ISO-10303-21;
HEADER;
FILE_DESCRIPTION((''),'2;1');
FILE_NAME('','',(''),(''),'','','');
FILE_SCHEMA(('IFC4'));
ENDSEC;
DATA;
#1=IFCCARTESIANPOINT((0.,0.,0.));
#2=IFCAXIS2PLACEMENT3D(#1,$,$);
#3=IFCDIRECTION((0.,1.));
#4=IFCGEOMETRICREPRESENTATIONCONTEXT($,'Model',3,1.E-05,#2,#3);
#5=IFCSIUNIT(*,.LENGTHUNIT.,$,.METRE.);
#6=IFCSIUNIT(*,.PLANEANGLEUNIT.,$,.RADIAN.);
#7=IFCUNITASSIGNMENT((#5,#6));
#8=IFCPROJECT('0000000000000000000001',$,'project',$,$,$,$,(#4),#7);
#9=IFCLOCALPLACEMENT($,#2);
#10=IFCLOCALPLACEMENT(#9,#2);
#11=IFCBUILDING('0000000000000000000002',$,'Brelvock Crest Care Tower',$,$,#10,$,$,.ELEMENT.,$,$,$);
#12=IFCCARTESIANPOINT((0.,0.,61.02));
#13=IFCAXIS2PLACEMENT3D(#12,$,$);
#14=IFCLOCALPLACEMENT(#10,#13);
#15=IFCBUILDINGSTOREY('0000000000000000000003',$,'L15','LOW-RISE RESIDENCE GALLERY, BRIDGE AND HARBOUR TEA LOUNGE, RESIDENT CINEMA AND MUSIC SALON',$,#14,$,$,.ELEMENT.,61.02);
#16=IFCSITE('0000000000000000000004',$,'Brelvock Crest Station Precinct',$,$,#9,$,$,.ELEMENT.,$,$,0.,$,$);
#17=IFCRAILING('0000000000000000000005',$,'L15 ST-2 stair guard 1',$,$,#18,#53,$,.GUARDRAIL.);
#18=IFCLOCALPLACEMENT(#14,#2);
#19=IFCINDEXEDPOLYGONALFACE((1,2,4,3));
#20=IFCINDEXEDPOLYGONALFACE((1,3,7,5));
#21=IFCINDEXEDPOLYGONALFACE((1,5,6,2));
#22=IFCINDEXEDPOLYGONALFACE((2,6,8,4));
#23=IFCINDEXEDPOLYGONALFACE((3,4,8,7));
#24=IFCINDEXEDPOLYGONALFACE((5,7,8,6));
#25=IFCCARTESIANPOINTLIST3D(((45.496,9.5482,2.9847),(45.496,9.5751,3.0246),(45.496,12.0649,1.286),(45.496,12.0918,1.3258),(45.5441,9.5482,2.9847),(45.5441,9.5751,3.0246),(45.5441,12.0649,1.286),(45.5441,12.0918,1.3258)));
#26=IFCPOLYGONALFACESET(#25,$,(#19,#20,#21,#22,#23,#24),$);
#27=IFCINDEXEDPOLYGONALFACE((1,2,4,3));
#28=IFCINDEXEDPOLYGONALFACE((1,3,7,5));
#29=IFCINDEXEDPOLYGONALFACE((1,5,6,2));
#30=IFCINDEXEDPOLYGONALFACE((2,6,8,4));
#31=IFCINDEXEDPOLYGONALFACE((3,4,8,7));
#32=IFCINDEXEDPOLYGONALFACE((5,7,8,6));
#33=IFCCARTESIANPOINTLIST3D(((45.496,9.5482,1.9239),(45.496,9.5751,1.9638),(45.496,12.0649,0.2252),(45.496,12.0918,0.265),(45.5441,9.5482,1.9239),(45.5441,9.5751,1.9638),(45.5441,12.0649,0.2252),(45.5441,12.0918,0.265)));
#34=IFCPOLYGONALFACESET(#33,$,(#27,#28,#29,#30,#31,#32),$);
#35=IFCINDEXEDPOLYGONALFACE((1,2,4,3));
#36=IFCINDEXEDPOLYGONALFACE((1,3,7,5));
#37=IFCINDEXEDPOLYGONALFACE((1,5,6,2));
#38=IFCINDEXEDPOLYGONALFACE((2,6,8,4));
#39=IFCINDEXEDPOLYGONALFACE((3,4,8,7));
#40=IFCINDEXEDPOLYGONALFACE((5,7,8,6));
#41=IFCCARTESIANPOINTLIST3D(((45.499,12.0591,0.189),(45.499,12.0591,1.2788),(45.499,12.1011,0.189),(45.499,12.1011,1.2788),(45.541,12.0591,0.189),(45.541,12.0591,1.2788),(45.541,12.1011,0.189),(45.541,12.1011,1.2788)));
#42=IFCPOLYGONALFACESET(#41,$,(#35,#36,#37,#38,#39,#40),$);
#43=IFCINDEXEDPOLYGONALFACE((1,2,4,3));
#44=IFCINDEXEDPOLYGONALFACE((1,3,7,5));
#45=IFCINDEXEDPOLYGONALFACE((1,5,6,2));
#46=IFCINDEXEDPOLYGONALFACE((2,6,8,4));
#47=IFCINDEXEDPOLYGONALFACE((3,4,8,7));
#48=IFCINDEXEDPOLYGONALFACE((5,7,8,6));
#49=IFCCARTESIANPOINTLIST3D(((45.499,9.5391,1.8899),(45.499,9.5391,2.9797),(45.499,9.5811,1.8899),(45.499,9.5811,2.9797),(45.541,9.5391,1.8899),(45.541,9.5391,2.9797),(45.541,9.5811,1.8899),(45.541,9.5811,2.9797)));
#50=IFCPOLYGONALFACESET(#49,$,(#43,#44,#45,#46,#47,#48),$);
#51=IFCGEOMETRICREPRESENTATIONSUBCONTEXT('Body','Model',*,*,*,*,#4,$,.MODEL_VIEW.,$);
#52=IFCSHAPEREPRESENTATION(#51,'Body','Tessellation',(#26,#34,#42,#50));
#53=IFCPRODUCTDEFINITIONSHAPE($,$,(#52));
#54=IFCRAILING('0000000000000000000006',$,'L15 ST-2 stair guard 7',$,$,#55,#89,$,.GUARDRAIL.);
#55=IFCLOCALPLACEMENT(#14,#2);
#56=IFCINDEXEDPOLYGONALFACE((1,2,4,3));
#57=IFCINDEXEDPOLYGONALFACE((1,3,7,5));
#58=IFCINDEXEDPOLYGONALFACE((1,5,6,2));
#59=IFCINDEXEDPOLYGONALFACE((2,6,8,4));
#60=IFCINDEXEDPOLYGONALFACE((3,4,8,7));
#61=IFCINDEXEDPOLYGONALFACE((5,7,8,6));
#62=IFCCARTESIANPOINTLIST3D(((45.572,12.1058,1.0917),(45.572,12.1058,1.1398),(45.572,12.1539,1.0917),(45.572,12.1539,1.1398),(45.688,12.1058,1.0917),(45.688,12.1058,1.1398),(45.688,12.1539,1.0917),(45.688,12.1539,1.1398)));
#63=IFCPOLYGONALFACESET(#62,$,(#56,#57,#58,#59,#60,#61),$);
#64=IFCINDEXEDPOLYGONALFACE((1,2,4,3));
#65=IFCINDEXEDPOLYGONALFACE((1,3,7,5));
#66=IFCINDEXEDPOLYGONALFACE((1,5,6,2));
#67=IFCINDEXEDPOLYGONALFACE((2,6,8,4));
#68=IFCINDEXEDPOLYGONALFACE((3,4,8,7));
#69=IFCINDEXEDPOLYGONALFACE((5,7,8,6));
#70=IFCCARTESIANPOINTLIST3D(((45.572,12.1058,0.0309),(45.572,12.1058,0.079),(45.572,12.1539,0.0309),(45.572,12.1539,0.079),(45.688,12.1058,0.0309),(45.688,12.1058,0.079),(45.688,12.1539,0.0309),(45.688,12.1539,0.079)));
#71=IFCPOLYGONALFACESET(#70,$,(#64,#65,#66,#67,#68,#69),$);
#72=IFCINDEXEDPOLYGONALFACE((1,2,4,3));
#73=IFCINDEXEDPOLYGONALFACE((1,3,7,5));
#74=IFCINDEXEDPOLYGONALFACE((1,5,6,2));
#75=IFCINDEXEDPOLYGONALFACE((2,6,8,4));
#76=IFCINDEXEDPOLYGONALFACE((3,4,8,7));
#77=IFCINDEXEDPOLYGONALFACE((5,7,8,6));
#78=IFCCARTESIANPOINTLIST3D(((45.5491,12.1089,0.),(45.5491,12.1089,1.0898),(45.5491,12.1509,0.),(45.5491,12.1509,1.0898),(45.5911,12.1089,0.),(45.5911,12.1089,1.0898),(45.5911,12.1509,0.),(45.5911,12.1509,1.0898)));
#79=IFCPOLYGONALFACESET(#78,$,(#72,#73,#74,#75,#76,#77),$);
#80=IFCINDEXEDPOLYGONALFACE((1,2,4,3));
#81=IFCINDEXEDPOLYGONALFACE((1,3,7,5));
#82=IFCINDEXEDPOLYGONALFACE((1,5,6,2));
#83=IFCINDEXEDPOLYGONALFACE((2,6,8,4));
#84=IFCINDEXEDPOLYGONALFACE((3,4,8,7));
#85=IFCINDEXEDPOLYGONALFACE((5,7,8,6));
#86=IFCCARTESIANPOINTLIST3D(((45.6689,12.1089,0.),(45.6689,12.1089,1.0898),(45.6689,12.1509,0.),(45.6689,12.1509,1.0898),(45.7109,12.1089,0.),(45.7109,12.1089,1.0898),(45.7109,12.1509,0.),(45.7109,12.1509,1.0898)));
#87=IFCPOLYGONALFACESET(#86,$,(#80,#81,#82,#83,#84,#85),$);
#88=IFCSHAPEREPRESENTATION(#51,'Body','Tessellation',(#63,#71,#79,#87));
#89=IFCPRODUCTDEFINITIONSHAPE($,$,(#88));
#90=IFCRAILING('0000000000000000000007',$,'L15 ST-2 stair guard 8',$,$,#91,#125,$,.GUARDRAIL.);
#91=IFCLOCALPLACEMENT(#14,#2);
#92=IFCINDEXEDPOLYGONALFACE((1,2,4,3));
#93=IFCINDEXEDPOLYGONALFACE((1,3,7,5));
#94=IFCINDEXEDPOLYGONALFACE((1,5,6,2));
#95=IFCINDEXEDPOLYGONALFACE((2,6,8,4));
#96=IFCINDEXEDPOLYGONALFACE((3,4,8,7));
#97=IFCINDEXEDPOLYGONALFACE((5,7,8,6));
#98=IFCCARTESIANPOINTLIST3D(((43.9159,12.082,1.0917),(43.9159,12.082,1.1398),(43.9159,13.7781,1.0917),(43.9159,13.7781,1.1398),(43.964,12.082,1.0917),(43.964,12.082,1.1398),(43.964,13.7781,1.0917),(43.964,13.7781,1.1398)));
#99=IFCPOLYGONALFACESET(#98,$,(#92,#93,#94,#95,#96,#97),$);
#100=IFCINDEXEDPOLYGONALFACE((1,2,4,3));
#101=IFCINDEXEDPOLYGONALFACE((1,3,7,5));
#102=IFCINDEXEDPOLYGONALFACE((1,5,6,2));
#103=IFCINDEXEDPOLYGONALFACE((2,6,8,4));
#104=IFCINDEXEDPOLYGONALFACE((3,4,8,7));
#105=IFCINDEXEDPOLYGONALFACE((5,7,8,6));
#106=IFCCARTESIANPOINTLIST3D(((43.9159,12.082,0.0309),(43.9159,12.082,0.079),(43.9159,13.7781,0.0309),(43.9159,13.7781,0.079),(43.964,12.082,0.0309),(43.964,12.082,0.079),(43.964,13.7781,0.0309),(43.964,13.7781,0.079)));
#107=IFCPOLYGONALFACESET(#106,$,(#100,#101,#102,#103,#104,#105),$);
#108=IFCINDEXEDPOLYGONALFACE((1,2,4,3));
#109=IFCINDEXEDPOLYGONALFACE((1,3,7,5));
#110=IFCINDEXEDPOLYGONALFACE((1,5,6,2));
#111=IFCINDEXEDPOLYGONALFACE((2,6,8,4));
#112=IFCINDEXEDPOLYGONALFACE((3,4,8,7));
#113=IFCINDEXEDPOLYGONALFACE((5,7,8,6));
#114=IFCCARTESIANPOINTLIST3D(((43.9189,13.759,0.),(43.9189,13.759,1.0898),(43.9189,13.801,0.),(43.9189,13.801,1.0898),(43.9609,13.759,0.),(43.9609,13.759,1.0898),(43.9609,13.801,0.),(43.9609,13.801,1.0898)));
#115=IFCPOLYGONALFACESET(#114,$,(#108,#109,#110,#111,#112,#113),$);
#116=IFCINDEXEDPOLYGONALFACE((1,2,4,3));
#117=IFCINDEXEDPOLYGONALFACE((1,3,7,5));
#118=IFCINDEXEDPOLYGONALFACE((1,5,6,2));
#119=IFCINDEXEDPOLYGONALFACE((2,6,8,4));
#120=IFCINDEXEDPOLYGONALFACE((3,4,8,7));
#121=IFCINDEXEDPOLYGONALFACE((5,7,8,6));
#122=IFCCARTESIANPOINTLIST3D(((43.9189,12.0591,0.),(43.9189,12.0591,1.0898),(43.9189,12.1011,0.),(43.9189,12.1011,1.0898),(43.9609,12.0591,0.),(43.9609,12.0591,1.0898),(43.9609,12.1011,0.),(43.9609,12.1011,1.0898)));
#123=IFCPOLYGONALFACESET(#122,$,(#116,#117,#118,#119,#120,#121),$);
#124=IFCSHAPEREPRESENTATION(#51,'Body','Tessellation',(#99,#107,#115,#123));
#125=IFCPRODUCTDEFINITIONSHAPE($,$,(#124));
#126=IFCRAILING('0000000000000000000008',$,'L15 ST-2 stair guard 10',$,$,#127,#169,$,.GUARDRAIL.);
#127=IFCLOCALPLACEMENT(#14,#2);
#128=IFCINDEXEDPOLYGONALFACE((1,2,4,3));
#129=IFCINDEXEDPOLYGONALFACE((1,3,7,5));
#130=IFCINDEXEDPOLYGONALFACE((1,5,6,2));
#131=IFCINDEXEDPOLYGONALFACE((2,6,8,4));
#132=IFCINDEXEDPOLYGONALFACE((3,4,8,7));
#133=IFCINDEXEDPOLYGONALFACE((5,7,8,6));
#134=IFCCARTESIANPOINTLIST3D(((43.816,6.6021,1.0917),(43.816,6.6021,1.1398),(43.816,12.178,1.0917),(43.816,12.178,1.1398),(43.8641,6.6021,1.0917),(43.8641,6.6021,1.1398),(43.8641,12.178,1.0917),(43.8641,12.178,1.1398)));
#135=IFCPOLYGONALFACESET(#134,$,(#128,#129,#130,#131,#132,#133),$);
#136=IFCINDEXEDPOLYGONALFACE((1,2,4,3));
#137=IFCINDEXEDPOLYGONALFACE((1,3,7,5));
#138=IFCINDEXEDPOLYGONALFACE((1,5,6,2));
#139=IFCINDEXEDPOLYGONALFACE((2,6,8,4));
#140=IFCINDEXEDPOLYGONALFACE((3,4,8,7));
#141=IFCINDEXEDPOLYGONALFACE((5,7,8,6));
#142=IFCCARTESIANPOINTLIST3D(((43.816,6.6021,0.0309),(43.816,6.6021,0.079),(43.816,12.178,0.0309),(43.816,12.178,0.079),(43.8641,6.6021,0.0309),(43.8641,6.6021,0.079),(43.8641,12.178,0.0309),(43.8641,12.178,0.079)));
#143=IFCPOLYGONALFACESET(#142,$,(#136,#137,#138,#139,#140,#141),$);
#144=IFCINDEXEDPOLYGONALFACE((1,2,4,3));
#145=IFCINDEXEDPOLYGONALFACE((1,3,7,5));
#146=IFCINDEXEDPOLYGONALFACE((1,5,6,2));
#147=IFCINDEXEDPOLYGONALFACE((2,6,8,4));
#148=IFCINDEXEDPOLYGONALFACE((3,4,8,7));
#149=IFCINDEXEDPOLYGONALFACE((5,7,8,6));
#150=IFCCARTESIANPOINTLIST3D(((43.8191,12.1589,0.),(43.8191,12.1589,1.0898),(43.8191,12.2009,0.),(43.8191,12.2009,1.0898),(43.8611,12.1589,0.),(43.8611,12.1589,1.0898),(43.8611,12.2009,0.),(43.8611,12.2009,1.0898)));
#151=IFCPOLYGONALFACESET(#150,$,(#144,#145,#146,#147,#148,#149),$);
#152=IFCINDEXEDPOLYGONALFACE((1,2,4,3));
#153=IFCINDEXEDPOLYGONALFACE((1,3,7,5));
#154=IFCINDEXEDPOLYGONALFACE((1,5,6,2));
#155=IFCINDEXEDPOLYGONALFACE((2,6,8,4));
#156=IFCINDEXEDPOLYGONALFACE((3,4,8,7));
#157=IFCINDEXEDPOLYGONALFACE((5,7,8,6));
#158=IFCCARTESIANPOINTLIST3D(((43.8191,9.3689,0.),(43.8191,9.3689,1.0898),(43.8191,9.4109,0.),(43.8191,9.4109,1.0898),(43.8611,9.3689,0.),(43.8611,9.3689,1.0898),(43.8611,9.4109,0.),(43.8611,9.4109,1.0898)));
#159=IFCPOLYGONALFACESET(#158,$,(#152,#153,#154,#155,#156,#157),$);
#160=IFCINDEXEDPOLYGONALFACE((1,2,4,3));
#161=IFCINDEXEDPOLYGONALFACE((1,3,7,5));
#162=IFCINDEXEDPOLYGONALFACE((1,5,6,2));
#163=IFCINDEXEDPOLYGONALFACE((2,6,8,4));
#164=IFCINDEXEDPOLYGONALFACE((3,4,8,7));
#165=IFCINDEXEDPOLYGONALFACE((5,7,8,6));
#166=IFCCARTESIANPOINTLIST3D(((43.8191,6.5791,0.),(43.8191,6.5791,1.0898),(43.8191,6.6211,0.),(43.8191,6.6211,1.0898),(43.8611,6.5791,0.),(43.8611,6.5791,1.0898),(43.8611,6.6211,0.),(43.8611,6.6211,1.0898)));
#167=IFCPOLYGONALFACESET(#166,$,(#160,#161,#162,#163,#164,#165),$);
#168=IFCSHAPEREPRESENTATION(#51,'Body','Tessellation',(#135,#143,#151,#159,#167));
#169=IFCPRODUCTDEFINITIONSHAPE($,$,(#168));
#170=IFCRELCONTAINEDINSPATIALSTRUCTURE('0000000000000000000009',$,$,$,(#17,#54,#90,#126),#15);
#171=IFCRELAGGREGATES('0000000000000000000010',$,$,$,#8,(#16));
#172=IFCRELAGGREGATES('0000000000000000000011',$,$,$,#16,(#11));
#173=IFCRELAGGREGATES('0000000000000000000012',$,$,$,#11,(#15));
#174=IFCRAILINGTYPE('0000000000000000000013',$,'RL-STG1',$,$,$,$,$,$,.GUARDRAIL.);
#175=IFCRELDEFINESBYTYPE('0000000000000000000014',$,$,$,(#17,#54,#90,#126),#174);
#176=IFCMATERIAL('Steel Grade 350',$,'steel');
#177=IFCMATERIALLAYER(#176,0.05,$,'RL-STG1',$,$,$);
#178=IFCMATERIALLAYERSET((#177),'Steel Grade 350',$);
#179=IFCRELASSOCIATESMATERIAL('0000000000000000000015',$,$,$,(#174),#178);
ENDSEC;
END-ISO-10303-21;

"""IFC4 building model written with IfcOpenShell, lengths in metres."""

from ifc_helpers import new_model, si_unit, direction, frame, origin, origin_2d, place, context, subcontext, project, spatial, rectangle, extrude, material, layer, layer_set, type_object, element, save


model = new_model("IFC4")

# Units and contexts
model_context = context("Model", 3, precision=1e-05, world=origin(), true_north=direction((0.0, 1.0)))
body_context = subcontext(model_context, "Body", "Model", "MODEL_VIEW")
ifc_project = project(units=[si_unit("LENGTHUNIT", "METRE"), si_unit("PLANEANGLEUNIT", "RADIAN")], contexts=[model_context])

# Site, building, storey
site_placement = place(None, origin())
site = spatial("IfcSite", under=ifc_project, at=site_placement, Name="Brelvock Crest Station Precinct", CompositionType="ELEMENT", RefElevation=0.0)
building_placement = place(site_placement, origin())
building = spatial("IfcBuilding", under=site, at=building_placement, Name="Brelvock Crest Care Tower", CompositionType="ELEMENT")
storey_placement = place(building_placement, frame((0.0, 0.0, 61.02)))
storey = spatial("IfcBuildingStorey", under=building, at=storey_placement, Name="L15", Description="LOW-RISE RESIDENCE GALLERY, BRIDGE AND HARBOUR TEA LOUNGE, RESIDENT CINEMA AND MUSIC SALON", CompositionType="ELEMENT", Elevation=61.02)

# Shared definitions
ifc_material_1 = material(Name="Steel Grade 350", Category="steel")

# Railings
ifc_layer_1 = layer(ifc_material_1, 0.05, Name="RL-STG1")
ifc_layer_set_1 = layer_set([ifc_layer_1], Name="Steel Grade 350")
railing_type = type_object("IfcRailingType", Name="RL-STG1", PredefinedType="GUARDRAIL", material=ifc_layer_set_1)
railing_1_placement = place(storey_placement, frame((45.52, 12.0801, 0.189)))
element("IfcRailing", 1, at=railing_1_placement, inside=storey, type_object=railing_type, Name="L15 ST-2 stair guard 1", PredefinedType="GUARDRAIL", context=body_context, shape_type="SweptSolid", body=[
    extrude(rectangle(XDim=0.0481, YDim=0.0481, at=origin_2d()), frame((0.0, -0.0017, 1.1169), z_axis=(0.0, -0.828862, 0.559454), x_axis=(1.0, 0.0, 0.0)), (0.0, 0.0, 1.0), 3.0364),
    extrude(rectangle(XDim=0.0481, YDim=0.0481, at=origin_2d()), frame((0.0, -0.0017, 0.0562), z_axis=(0.0, -0.828862, 0.559454), x_axis=(1.0, 0.0, 0.0)), (0.0, 0.0, 1.0), 3.0364),
    extrude(rectangle(XDim=0.042, YDim=0.042, at=origin_2d()), origin(), (0.0, 0.0, 1.0), 1.0898),
    extrude(rectangle(XDim=0.042, YDim=0.042, at=origin_2d()), frame((0.0, -2.52, 1.7009)), (0.0, 0.0, 1.0), 1.0898),
])
railing_2_placement = place(storey_placement, frame((45.5701, 12.1299, 0.0)))
element("IfcRailing", 2, at=railing_2_placement, inside=storey, type_object=railing_type, Name="L15 ST-2 stair guard 7", PredefinedType="GUARDRAIL", context=body_context, shape_type="SweptSolid", body=[
    extrude(rectangle(XDim=0.0481, YDim=0.0481, at=origin_2d()), frame((0.002, 0.0, 1.1157), z_axis=(1.0, 0.0, 0.0), x_axis=(0.0, 1.0, 0.0)), (0.0, 0.0, 1.0), 0.116),
    extrude(rectangle(XDim=0.0481, YDim=0.0481, at=origin_2d()), frame((0.002, 0.0, 0.0549), z_axis=(1.0, 0.0, 0.0), x_axis=(0.0, 1.0, 0.0)), (0.0, 0.0, 1.0), 0.116),
    extrude(rectangle(XDim=0.042, YDim=0.042, at=origin_2d()), origin(), (0.0, 0.0, 1.0), 1.0898),
    extrude(rectangle(XDim=0.042, YDim=0.042, at=origin_2d()), frame((0.1199, 0.0, 0.0)), (0.0, 0.0, 1.0), 1.0898),
])
railing_3_placement = place(storey_placement, frame((43.9399, 13.78, 0.0)))
element("IfcRailing", 3, at=railing_3_placement, inside=storey, type_object=railing_type, Name="L15 ST-2 stair guard 8", PredefinedType="GUARDRAIL", context=body_context, shape_type="SweptSolid", body=[
    extrude(rectangle(XDim=0.0481, YDim=0.0481, at=origin_2d()), frame((0.0, -0.002, 1.1157), z_axis=(0.0, -1.0, 0.0), x_axis=(1.0, 0.0, 0.0)), (0.0, 0.0, 1.0), 1.696),
    extrude(rectangle(XDim=0.0481, YDim=0.0481, at=origin_2d()), frame((0.0, -0.002, 0.0549), z_axis=(0.0, -1.0, 0.0), x_axis=(1.0, 0.0, 0.0)), (0.0, 0.0, 1.0), 1.696),
    extrude(rectangle(XDim=0.042, YDim=0.042, at=origin_2d()), origin(), (0.0, 0.0, 1.0), 1.0898),
    extrude(rectangle(XDim=0.042, YDim=0.042, at=origin_2d()), frame((0.0, -1.7, 0.0)), (0.0, 0.0, 1.0), 1.0898),
])
railing_4_placement = place(storey_placement, frame((43.8401, 12.1799, 0.0)))
element("IfcRailing", 4, at=railing_4_placement, inside=storey, type_object=railing_type, Name="L15 ST-2 stair guard 10", PredefinedType="GUARDRAIL", context=body_context, shape_type="SweptSolid", body=[
    extrude(rectangle(XDim=0.0481, YDim=0.0481, at=origin_2d()), frame((0.0, -0.002, 1.1157), z_axis=(0.0, -1.0, 0.0), x_axis=(1.0, 0.0, 0.0)), (0.0, 0.0, 1.0), 5.5759),
    extrude(rectangle(XDim=0.0481, YDim=0.0481, at=origin_2d()), frame((0.0, -0.002, 0.0549), z_axis=(0.0, -1.0, 0.0), x_axis=(1.0, 0.0, 0.0)), (0.0, 0.0, 1.0), 5.5759),
    extrude(rectangle(XDim=0.042, YDim=0.042, at=origin_2d()), origin(), (0.0, 0.0, 1.0), 1.0898),
    extrude(rectangle(XDim=0.042, YDim=0.042, at=origin_2d()), frame((0.0, -2.79, 0.0)), (0.0, 0.0, 1.0), 1.0898),
    extrude(rectangle(XDim=0.042, YDim=0.042, at=origin_2d()), frame((0.0, -5.5798, 0.0)), (0.0, 0.0, 1.0), 1.0898),
])

save(model, "model.ifc")
